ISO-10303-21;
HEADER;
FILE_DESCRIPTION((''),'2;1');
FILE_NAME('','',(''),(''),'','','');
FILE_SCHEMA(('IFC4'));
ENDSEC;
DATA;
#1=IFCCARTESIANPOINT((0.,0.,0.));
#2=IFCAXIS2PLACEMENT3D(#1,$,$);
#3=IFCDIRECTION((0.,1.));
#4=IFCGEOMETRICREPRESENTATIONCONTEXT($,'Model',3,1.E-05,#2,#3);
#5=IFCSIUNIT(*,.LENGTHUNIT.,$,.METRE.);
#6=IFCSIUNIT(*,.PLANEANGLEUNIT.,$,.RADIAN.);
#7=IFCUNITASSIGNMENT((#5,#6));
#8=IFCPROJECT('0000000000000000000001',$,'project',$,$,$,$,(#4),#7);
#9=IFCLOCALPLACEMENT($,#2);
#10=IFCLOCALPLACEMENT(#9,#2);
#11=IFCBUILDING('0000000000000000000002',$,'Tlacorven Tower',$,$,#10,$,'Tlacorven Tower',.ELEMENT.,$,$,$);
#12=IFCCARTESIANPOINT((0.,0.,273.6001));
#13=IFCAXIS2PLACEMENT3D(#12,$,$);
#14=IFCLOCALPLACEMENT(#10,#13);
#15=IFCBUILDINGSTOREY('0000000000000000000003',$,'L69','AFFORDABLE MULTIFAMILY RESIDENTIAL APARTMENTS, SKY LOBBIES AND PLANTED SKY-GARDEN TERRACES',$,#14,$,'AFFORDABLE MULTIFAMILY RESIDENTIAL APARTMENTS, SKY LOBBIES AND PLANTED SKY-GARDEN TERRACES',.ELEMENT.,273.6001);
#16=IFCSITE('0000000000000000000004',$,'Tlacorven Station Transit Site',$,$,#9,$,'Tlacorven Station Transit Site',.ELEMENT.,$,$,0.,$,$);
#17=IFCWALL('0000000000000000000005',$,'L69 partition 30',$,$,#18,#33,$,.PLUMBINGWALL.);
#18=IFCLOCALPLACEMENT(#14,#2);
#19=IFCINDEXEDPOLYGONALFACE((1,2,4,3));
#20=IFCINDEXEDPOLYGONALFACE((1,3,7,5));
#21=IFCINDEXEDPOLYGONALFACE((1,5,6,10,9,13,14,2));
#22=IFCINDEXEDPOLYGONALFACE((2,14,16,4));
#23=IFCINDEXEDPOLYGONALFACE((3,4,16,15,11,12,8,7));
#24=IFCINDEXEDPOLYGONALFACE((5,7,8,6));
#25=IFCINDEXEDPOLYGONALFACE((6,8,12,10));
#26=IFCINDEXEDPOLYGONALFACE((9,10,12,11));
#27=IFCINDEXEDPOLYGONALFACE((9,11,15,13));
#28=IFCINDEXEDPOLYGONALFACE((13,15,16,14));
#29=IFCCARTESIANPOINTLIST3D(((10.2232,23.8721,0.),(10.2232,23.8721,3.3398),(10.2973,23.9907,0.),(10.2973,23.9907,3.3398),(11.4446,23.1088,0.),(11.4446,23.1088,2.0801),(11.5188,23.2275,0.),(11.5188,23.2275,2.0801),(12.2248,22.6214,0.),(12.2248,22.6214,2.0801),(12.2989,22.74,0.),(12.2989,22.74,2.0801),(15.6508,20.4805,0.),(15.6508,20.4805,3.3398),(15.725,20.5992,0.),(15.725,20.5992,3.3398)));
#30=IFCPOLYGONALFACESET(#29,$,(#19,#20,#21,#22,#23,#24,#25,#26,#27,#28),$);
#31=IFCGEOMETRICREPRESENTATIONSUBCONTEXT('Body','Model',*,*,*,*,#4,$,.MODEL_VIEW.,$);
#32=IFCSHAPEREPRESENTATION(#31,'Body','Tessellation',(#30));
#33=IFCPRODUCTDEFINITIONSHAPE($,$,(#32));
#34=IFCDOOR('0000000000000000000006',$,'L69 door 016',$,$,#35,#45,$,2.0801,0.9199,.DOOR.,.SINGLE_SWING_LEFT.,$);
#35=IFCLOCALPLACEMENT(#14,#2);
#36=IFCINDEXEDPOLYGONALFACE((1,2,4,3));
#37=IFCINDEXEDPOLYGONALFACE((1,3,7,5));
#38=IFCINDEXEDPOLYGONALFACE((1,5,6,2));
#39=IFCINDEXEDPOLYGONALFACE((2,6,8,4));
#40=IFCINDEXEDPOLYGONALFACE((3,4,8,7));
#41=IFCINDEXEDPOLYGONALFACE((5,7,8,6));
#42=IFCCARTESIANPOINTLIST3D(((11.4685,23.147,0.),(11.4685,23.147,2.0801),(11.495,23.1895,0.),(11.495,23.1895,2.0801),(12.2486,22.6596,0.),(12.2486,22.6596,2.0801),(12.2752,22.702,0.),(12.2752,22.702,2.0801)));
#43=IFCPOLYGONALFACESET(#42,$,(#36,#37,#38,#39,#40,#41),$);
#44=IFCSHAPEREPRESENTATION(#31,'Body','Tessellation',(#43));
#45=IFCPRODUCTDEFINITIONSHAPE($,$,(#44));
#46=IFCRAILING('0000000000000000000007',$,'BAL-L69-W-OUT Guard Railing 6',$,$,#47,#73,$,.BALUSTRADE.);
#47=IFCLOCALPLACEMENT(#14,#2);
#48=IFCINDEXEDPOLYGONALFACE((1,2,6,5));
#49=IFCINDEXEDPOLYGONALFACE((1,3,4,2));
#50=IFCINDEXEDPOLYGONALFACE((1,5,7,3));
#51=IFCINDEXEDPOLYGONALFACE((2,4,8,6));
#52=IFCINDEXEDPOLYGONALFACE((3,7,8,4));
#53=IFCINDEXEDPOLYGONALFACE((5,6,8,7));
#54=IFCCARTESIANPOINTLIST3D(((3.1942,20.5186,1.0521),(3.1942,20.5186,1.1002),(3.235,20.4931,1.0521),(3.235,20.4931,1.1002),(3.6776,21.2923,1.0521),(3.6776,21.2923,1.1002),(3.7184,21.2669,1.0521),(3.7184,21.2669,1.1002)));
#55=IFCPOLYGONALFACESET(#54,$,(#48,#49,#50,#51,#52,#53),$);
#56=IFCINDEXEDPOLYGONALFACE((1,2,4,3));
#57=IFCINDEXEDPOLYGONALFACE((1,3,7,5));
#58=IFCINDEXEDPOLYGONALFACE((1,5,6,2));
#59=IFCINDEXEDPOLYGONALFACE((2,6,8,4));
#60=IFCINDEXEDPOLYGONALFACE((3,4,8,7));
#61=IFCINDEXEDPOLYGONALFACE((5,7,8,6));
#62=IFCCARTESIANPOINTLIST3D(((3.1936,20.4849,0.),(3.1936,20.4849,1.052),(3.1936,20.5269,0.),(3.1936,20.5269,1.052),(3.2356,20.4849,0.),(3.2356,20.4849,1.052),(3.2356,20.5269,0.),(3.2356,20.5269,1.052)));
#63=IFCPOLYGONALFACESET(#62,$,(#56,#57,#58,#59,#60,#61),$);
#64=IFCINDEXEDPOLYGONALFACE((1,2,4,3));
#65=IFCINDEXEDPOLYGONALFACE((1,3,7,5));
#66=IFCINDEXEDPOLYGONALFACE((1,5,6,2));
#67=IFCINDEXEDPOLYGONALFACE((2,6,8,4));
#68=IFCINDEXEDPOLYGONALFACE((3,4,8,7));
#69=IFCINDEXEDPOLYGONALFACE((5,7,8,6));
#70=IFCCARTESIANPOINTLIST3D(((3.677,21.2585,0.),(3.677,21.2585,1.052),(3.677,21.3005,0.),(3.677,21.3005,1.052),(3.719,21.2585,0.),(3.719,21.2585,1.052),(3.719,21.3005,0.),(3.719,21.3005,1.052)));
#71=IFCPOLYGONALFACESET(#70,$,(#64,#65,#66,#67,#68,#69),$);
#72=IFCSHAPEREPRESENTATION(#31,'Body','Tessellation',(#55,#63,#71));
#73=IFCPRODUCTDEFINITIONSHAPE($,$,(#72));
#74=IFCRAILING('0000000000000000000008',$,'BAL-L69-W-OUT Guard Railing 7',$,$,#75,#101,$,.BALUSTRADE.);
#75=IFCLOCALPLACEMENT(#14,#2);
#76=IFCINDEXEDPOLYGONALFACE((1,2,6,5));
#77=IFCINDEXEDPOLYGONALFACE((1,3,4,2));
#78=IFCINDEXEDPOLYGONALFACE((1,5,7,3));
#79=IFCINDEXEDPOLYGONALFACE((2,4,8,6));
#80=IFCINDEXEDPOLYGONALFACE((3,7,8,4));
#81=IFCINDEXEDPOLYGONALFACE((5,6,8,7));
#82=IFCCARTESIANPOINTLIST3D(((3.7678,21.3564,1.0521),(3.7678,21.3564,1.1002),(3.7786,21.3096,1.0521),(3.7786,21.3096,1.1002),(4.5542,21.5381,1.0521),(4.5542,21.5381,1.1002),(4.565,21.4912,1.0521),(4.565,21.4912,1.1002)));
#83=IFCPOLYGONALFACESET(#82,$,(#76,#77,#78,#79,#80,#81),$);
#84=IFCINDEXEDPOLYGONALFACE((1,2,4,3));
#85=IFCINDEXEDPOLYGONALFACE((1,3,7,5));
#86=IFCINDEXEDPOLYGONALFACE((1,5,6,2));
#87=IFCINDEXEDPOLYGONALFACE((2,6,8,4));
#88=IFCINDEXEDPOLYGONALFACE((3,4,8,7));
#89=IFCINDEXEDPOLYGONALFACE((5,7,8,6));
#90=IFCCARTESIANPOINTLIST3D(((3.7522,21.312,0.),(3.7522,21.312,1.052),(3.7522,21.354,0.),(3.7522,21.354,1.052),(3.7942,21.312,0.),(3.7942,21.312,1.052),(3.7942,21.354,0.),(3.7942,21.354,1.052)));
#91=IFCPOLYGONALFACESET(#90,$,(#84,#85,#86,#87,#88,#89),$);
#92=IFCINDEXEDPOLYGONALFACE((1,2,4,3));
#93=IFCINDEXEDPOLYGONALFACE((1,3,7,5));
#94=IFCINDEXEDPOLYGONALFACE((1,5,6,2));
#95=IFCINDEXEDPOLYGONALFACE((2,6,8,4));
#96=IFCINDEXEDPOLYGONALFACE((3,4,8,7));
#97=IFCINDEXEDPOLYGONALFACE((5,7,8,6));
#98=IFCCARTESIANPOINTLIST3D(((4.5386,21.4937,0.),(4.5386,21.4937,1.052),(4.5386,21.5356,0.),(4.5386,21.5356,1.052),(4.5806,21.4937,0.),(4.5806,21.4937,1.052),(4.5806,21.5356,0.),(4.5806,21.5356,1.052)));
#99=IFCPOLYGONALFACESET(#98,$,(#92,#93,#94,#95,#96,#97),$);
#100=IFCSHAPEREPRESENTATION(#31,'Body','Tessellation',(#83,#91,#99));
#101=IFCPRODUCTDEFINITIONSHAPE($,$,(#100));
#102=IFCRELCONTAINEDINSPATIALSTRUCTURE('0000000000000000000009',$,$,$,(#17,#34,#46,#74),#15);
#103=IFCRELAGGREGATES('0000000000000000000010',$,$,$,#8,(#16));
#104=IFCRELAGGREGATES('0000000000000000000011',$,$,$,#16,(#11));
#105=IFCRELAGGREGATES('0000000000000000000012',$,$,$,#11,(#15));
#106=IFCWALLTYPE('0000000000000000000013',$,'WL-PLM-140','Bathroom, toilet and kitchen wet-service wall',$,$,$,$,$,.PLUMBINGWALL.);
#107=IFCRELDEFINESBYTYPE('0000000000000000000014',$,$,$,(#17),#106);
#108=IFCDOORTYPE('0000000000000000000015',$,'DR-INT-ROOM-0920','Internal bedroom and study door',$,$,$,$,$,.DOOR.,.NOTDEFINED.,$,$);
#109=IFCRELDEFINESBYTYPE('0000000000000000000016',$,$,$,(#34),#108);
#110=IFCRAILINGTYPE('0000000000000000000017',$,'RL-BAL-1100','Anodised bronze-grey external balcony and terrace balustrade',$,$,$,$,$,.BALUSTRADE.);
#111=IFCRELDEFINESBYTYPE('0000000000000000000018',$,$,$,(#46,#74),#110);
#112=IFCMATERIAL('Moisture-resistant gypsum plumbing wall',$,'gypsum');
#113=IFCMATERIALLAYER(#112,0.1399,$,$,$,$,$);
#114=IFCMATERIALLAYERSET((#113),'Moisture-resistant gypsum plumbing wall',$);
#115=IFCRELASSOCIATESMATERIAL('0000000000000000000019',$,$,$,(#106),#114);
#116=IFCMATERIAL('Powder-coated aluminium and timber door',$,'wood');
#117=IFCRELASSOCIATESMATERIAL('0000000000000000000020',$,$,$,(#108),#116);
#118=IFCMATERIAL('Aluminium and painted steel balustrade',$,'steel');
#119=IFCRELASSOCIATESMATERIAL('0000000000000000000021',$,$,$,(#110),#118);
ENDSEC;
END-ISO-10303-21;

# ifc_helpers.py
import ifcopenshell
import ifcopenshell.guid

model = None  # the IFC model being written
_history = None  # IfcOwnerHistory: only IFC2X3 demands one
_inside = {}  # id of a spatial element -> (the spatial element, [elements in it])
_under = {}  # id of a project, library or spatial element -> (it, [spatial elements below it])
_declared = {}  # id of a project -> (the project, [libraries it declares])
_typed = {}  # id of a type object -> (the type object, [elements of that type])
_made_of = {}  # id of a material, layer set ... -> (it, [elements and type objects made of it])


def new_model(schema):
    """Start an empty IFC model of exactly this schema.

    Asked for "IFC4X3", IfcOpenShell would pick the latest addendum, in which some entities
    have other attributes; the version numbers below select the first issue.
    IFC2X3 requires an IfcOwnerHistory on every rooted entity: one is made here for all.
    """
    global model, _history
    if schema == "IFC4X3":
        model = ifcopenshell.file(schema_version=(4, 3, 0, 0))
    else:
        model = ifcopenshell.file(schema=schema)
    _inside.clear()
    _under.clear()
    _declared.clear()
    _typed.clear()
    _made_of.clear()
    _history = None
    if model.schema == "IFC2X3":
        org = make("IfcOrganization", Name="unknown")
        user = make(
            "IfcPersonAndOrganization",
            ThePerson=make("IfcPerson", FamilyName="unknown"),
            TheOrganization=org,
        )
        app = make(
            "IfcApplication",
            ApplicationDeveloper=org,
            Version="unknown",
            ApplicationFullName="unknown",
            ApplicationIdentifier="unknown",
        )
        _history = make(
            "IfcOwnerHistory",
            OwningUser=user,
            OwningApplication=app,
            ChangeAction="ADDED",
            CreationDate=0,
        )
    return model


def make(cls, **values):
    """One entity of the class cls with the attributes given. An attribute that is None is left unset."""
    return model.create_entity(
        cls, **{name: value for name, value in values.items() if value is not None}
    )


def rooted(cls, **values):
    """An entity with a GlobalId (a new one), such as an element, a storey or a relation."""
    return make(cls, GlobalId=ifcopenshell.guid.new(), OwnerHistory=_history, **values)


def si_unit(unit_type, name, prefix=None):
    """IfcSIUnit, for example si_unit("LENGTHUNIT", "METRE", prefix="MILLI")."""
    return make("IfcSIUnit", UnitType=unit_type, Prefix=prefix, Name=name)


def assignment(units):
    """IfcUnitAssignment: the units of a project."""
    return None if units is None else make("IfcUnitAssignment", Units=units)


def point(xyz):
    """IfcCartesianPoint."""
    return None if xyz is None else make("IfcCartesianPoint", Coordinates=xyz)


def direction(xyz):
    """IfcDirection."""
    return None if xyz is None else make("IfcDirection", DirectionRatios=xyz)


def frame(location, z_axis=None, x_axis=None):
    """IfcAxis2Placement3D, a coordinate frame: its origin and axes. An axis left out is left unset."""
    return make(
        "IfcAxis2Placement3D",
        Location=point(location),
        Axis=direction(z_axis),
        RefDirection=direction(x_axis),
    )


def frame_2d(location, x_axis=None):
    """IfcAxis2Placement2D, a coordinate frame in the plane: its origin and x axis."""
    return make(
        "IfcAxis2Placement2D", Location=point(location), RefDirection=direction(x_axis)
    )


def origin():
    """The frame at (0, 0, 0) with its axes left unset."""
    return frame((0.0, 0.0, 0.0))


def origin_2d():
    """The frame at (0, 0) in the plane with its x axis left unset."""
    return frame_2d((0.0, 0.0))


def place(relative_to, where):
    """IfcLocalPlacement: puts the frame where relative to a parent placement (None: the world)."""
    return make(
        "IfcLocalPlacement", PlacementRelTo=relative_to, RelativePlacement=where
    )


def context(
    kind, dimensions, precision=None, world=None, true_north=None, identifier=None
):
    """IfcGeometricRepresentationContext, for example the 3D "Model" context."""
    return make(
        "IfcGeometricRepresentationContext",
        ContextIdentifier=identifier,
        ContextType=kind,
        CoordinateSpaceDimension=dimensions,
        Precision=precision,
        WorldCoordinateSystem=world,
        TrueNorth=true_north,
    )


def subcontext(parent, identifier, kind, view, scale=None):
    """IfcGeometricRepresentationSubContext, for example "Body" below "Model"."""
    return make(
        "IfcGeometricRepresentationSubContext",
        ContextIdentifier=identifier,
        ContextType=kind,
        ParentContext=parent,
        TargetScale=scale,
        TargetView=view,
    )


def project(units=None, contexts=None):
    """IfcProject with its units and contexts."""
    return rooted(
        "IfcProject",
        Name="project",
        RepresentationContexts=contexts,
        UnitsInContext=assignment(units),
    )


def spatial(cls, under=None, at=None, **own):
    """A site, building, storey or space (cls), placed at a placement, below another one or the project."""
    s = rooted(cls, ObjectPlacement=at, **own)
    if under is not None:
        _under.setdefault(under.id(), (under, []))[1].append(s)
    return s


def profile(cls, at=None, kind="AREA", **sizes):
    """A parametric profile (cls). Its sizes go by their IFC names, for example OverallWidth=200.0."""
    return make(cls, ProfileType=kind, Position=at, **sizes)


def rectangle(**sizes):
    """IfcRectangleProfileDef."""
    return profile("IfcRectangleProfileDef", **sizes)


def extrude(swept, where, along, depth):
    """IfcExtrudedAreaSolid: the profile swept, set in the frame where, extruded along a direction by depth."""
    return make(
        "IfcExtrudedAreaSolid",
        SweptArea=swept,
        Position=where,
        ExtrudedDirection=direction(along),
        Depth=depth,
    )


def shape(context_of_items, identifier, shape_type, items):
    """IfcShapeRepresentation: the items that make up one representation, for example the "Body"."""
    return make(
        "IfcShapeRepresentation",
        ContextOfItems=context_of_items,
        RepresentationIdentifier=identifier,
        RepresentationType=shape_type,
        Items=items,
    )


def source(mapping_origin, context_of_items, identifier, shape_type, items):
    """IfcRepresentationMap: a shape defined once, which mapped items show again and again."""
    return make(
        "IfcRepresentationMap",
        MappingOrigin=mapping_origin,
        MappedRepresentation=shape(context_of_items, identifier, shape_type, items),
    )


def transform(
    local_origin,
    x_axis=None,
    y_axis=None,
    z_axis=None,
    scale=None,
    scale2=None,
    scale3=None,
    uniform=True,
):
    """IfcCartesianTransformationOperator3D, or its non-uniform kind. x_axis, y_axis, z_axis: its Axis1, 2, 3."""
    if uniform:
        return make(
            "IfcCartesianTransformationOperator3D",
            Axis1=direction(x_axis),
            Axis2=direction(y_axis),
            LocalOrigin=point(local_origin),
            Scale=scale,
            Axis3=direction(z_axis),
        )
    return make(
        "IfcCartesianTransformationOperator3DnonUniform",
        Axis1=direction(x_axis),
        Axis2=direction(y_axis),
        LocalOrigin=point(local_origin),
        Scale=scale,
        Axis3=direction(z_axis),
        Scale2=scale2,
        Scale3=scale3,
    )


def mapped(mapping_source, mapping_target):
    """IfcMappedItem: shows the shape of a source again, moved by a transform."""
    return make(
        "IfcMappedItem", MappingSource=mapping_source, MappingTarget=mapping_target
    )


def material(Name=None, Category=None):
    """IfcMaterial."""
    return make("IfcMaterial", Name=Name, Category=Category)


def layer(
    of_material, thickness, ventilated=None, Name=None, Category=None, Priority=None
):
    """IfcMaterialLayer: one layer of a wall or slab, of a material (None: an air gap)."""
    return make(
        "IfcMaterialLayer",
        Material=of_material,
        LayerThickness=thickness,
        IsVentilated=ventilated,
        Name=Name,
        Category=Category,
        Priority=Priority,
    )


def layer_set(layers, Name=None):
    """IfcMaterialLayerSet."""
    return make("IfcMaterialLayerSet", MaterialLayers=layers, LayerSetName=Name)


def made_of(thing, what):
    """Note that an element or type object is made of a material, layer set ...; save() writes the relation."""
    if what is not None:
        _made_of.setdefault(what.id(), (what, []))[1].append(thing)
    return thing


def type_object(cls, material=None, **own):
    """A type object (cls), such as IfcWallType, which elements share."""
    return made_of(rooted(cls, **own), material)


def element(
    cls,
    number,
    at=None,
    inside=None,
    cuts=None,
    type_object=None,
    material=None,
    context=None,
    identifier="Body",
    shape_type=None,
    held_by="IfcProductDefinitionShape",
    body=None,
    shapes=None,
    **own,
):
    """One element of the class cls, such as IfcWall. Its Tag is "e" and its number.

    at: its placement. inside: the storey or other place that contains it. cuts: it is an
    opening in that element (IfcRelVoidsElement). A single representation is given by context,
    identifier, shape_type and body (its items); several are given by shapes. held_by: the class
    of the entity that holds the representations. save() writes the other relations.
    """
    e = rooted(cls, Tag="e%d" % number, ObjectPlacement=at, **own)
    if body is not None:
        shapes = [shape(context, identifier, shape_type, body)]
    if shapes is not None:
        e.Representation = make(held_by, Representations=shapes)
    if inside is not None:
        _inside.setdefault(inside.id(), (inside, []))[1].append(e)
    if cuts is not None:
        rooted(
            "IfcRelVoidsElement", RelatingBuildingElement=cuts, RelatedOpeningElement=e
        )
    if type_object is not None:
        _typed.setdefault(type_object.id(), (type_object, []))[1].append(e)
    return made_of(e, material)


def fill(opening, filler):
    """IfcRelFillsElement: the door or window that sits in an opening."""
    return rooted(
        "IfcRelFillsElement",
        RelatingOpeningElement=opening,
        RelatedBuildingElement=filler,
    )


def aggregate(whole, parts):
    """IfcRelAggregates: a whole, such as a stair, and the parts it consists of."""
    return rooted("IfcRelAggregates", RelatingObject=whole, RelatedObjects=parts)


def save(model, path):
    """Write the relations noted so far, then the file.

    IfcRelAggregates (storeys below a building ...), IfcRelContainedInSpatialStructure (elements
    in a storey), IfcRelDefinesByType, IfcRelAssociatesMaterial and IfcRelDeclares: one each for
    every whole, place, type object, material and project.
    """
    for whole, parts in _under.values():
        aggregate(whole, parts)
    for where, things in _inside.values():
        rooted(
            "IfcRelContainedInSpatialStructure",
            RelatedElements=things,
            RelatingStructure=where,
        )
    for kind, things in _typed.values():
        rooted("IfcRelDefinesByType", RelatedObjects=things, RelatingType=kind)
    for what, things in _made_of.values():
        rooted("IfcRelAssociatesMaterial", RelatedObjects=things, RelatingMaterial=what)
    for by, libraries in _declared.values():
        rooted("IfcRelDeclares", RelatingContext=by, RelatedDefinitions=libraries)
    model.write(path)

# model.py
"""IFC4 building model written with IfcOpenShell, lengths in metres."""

from ifc_helpers import new_model, si_unit, direction, frame, frame_2d, origin, origin_2d, place, context, subcontext, project, spatial, rectangle, extrude, source, transform, mapped, material, layer, layer_set, type_object, element, fill, save


model = new_model("IFC4")

# Units and contexts
model_context = context("Model", 3, precision=1e-05, world=origin(), true_north=direction((0.0, 1.0)))
body_context = subcontext(model_context, "Body", "Model", "MODEL_VIEW")
ifc_project = project(units=[si_unit("LENGTHUNIT", "METRE"), si_unit("PLANEANGLEUNIT", "RADIAN")], contexts=[model_context])

# Site, building, storey
site_placement = place(None, origin())
site = spatial("IfcSite", under=ifc_project, at=site_placement, Name="Tlacorven Station Transit Site", LongName="Tlacorven Station Transit Site", CompositionType="ELEMENT", RefElevation=0.0)
building_placement = place(site_placement, origin())
building = spatial("IfcBuilding", under=site, at=building_placement, Name="Tlacorven Tower", LongName="Tlacorven Tower", CompositionType="ELEMENT")
storey_placement = place(building_placement, frame((0.0, 0.0, 273.6001)))
storey = spatial("IfcBuildingStorey", under=building, at=storey_placement, Name="L69", Description="AFFORDABLE MULTIFAMILY RESIDENTIAL APARTMENTS, SKY LOBBIES AND PLANTED SKY-GARDEN TERRACES", LongName="AFFORDABLE MULTIFAMILY RESIDENTIAL APARTMENTS, SKY LOBBIES AND PLANTED SKY-GARDEN TERRACES", CompositionType="ELEMENT", Elevation=273.6001)

# Wall, opening, door
ifc_material_1 = material(Name="Moisture-resistant gypsum plumbing wall", Category="gypsum")
ifc_layer_1 = layer(ifc_material_1, 0.1399)
ifc_layer_set_1 = layer_set([ifc_layer_1], Name="Moisture-resistant gypsum plumbing wall")
wall_type_1 = type_object("IfcWallType", Name="WL-PLM-140", Description="Bathroom, toilet and kitchen wet-service wall", PredefinedType="PLUMBINGWALL", material=ifc_layer_set_1)
wall_1_placement = place(storey_placement, frame((15.688, 20.5398, 0.0), z_axis=(0.0, 0.0, 1.0), x_axis=(-0.84805, 0.529917, 0.0)))
wall_1 = element("IfcWall", 1, at=wall_1_placement, inside=storey, type_object=wall_type_1, Name="L69 partition 30", PredefinedType="PLUMBINGWALL", context=body_context, shape_type="SweptSolid", body=[
    extrude(rectangle(XDim=6.4001, YDim=0.1399, at=frame_2d((3.2002, 0.0))), origin(), (0.0, 0.0, 1.0), 3.3398),
])
opening_1_placement = place(wall_1_placement, frame((4.04, 0.0, 0.0)))
opening_1 = element("IfcOpeningElement", 2, at=opening_1_placement, cuts=wall_1, PredefinedType="OPENING", context=body_context, shape_type="SweptSolid", body=[
    extrude(rectangle(XDim=0.9199, YDim=2.0801, at=frame_2d((0.46, 1.04))), frame((0.0, 0.0801, 0.0), z_axis=(0.0, -1.0, 0.0), x_axis=(1.0, 0.0, 0.0)), (0.0, 0.0, 1.0), 0.1599),
])
ifc_material_2 = material(Name="Powder-coated aluminium and timber door", Category="wood")
door_type = type_object("IfcDoorType", Name="DR-INT-ROOM-0920", Description="Internal bedroom and study door", OperationType="NOTDEFINED", PredefinedType="DOOR", material=ifc_material_2)
shared_shape_1 = source(origin(), body_context, "Body", "SweptSolid", [
    extrude(rectangle(XDim=0.9199, YDim=2.0801, at=frame_2d((0.46, 1.04))), frame((0.0, 0.0249, 0.0), z_axis=(0.0, -1.0, 0.0), x_axis=(1.0, 0.0, 0.0)), (0.0, 0.0, 1.0), 0.05),
])
door_placement = place(opening_1_placement, origin())
door = element("IfcDoor", 3, at=door_placement, inside=storey, type_object=door_type, Name="L69 door 016", OperationType="SINGLE_SWING_LEFT", OverallHeight=2.0801, OverallWidth=0.9199, PredefinedType="DOOR", context=body_context, shape_type="MappedRepresentation", body=[
    mapped(shared_shape_1, transform((0.0, 0.0, 0.0), scale=1.0)),
])
fill(opening_1, door)

# Railings
ifc_material_3 = material(Name="Aluminium and painted steel balustrade", Category="steel")
railing_type = type_object("IfcRailingType", Name="RL-BAL-1100", Description="Anodised bronze-grey external balcony and terrace balustrade", PredefinedType="BALUSTRADE", material=ifc_material_3)
shared_shape_2 = source(origin(), body_context, "Body", "SweptSolid", [
    extrude(rectangle(XDim=0.0481, YDim=0.0481, at=origin_2d()), frame((0.0, 0.0, 1.0762), z_axis=(0.529879, 0.848073, 0.0), x_axis=(-0.848073, 0.529879, 0.0)), (0.0, 0.0, 1.0), 0.9124),
    extrude(rectangle(XDim=0.042, YDim=0.042, at=origin_2d()), origin(), (0.0, 0.0, 1.0), 1.052),
    extrude(rectangle(XDim=0.042, YDim=0.042, at=origin_2d()), frame((0.4834, 0.7737, 0.0)), (0.0, 0.0, 1.0), 1.052),
])
railing_1_placement = place(storey_placement, frame((3.2146, 20.5059, 0.0)))
element("IfcRailing", 4, at=railing_1_placement, inside=storey, type_object=railing_type, Name="BAL-L69-W-OUT Guard Railing 6", PredefinedType="BALUSTRADE", context=body_context, shape_type="MappedRepresentation", body=[
    mapped(shared_shape_2, transform((0.0, 0.0, 0.0), scale=1.0)),
])
shared_shape_3 = source(origin(), body_context, "Body", "SweptSolid", [
    extrude(rectangle(XDim=0.0481, YDim=0.0481, at=origin_2d()), frame((0.0, 0.0, 1.0762), z_axis=(0.974345, 0.225058, 0.0), x_axis=(-0.225058, 0.974345, 0.0)), (0.0, 0.0, 1.0), 0.8071),
    extrude(rectangle(XDim=0.042, YDim=0.042, at=origin_2d()), origin(), (0.0, 0.0, 1.0), 1.052),
    extrude(rectangle(XDim=0.042, YDim=0.042, at=origin_2d()), frame((0.7864, 0.1816, 0.0)), (0.0, 0.0, 1.0), 1.052),
])
railing_2_placement = place(storey_placement, frame((3.7732, 21.333, 0.0)))
element("IfcRailing", 5, at=railing_2_placement, inside=storey, type_object=railing_type, Name="BAL-L69-W-OUT Guard Railing 7", PredefinedType="BALUSTRADE", context=body_context, shape_type="MappedRepresentation", body=[
    mapped(shared_shape_3, transform((0.0, 0.0, 0.0), scale=1.0)),
])

save(model, "model.ifc")
